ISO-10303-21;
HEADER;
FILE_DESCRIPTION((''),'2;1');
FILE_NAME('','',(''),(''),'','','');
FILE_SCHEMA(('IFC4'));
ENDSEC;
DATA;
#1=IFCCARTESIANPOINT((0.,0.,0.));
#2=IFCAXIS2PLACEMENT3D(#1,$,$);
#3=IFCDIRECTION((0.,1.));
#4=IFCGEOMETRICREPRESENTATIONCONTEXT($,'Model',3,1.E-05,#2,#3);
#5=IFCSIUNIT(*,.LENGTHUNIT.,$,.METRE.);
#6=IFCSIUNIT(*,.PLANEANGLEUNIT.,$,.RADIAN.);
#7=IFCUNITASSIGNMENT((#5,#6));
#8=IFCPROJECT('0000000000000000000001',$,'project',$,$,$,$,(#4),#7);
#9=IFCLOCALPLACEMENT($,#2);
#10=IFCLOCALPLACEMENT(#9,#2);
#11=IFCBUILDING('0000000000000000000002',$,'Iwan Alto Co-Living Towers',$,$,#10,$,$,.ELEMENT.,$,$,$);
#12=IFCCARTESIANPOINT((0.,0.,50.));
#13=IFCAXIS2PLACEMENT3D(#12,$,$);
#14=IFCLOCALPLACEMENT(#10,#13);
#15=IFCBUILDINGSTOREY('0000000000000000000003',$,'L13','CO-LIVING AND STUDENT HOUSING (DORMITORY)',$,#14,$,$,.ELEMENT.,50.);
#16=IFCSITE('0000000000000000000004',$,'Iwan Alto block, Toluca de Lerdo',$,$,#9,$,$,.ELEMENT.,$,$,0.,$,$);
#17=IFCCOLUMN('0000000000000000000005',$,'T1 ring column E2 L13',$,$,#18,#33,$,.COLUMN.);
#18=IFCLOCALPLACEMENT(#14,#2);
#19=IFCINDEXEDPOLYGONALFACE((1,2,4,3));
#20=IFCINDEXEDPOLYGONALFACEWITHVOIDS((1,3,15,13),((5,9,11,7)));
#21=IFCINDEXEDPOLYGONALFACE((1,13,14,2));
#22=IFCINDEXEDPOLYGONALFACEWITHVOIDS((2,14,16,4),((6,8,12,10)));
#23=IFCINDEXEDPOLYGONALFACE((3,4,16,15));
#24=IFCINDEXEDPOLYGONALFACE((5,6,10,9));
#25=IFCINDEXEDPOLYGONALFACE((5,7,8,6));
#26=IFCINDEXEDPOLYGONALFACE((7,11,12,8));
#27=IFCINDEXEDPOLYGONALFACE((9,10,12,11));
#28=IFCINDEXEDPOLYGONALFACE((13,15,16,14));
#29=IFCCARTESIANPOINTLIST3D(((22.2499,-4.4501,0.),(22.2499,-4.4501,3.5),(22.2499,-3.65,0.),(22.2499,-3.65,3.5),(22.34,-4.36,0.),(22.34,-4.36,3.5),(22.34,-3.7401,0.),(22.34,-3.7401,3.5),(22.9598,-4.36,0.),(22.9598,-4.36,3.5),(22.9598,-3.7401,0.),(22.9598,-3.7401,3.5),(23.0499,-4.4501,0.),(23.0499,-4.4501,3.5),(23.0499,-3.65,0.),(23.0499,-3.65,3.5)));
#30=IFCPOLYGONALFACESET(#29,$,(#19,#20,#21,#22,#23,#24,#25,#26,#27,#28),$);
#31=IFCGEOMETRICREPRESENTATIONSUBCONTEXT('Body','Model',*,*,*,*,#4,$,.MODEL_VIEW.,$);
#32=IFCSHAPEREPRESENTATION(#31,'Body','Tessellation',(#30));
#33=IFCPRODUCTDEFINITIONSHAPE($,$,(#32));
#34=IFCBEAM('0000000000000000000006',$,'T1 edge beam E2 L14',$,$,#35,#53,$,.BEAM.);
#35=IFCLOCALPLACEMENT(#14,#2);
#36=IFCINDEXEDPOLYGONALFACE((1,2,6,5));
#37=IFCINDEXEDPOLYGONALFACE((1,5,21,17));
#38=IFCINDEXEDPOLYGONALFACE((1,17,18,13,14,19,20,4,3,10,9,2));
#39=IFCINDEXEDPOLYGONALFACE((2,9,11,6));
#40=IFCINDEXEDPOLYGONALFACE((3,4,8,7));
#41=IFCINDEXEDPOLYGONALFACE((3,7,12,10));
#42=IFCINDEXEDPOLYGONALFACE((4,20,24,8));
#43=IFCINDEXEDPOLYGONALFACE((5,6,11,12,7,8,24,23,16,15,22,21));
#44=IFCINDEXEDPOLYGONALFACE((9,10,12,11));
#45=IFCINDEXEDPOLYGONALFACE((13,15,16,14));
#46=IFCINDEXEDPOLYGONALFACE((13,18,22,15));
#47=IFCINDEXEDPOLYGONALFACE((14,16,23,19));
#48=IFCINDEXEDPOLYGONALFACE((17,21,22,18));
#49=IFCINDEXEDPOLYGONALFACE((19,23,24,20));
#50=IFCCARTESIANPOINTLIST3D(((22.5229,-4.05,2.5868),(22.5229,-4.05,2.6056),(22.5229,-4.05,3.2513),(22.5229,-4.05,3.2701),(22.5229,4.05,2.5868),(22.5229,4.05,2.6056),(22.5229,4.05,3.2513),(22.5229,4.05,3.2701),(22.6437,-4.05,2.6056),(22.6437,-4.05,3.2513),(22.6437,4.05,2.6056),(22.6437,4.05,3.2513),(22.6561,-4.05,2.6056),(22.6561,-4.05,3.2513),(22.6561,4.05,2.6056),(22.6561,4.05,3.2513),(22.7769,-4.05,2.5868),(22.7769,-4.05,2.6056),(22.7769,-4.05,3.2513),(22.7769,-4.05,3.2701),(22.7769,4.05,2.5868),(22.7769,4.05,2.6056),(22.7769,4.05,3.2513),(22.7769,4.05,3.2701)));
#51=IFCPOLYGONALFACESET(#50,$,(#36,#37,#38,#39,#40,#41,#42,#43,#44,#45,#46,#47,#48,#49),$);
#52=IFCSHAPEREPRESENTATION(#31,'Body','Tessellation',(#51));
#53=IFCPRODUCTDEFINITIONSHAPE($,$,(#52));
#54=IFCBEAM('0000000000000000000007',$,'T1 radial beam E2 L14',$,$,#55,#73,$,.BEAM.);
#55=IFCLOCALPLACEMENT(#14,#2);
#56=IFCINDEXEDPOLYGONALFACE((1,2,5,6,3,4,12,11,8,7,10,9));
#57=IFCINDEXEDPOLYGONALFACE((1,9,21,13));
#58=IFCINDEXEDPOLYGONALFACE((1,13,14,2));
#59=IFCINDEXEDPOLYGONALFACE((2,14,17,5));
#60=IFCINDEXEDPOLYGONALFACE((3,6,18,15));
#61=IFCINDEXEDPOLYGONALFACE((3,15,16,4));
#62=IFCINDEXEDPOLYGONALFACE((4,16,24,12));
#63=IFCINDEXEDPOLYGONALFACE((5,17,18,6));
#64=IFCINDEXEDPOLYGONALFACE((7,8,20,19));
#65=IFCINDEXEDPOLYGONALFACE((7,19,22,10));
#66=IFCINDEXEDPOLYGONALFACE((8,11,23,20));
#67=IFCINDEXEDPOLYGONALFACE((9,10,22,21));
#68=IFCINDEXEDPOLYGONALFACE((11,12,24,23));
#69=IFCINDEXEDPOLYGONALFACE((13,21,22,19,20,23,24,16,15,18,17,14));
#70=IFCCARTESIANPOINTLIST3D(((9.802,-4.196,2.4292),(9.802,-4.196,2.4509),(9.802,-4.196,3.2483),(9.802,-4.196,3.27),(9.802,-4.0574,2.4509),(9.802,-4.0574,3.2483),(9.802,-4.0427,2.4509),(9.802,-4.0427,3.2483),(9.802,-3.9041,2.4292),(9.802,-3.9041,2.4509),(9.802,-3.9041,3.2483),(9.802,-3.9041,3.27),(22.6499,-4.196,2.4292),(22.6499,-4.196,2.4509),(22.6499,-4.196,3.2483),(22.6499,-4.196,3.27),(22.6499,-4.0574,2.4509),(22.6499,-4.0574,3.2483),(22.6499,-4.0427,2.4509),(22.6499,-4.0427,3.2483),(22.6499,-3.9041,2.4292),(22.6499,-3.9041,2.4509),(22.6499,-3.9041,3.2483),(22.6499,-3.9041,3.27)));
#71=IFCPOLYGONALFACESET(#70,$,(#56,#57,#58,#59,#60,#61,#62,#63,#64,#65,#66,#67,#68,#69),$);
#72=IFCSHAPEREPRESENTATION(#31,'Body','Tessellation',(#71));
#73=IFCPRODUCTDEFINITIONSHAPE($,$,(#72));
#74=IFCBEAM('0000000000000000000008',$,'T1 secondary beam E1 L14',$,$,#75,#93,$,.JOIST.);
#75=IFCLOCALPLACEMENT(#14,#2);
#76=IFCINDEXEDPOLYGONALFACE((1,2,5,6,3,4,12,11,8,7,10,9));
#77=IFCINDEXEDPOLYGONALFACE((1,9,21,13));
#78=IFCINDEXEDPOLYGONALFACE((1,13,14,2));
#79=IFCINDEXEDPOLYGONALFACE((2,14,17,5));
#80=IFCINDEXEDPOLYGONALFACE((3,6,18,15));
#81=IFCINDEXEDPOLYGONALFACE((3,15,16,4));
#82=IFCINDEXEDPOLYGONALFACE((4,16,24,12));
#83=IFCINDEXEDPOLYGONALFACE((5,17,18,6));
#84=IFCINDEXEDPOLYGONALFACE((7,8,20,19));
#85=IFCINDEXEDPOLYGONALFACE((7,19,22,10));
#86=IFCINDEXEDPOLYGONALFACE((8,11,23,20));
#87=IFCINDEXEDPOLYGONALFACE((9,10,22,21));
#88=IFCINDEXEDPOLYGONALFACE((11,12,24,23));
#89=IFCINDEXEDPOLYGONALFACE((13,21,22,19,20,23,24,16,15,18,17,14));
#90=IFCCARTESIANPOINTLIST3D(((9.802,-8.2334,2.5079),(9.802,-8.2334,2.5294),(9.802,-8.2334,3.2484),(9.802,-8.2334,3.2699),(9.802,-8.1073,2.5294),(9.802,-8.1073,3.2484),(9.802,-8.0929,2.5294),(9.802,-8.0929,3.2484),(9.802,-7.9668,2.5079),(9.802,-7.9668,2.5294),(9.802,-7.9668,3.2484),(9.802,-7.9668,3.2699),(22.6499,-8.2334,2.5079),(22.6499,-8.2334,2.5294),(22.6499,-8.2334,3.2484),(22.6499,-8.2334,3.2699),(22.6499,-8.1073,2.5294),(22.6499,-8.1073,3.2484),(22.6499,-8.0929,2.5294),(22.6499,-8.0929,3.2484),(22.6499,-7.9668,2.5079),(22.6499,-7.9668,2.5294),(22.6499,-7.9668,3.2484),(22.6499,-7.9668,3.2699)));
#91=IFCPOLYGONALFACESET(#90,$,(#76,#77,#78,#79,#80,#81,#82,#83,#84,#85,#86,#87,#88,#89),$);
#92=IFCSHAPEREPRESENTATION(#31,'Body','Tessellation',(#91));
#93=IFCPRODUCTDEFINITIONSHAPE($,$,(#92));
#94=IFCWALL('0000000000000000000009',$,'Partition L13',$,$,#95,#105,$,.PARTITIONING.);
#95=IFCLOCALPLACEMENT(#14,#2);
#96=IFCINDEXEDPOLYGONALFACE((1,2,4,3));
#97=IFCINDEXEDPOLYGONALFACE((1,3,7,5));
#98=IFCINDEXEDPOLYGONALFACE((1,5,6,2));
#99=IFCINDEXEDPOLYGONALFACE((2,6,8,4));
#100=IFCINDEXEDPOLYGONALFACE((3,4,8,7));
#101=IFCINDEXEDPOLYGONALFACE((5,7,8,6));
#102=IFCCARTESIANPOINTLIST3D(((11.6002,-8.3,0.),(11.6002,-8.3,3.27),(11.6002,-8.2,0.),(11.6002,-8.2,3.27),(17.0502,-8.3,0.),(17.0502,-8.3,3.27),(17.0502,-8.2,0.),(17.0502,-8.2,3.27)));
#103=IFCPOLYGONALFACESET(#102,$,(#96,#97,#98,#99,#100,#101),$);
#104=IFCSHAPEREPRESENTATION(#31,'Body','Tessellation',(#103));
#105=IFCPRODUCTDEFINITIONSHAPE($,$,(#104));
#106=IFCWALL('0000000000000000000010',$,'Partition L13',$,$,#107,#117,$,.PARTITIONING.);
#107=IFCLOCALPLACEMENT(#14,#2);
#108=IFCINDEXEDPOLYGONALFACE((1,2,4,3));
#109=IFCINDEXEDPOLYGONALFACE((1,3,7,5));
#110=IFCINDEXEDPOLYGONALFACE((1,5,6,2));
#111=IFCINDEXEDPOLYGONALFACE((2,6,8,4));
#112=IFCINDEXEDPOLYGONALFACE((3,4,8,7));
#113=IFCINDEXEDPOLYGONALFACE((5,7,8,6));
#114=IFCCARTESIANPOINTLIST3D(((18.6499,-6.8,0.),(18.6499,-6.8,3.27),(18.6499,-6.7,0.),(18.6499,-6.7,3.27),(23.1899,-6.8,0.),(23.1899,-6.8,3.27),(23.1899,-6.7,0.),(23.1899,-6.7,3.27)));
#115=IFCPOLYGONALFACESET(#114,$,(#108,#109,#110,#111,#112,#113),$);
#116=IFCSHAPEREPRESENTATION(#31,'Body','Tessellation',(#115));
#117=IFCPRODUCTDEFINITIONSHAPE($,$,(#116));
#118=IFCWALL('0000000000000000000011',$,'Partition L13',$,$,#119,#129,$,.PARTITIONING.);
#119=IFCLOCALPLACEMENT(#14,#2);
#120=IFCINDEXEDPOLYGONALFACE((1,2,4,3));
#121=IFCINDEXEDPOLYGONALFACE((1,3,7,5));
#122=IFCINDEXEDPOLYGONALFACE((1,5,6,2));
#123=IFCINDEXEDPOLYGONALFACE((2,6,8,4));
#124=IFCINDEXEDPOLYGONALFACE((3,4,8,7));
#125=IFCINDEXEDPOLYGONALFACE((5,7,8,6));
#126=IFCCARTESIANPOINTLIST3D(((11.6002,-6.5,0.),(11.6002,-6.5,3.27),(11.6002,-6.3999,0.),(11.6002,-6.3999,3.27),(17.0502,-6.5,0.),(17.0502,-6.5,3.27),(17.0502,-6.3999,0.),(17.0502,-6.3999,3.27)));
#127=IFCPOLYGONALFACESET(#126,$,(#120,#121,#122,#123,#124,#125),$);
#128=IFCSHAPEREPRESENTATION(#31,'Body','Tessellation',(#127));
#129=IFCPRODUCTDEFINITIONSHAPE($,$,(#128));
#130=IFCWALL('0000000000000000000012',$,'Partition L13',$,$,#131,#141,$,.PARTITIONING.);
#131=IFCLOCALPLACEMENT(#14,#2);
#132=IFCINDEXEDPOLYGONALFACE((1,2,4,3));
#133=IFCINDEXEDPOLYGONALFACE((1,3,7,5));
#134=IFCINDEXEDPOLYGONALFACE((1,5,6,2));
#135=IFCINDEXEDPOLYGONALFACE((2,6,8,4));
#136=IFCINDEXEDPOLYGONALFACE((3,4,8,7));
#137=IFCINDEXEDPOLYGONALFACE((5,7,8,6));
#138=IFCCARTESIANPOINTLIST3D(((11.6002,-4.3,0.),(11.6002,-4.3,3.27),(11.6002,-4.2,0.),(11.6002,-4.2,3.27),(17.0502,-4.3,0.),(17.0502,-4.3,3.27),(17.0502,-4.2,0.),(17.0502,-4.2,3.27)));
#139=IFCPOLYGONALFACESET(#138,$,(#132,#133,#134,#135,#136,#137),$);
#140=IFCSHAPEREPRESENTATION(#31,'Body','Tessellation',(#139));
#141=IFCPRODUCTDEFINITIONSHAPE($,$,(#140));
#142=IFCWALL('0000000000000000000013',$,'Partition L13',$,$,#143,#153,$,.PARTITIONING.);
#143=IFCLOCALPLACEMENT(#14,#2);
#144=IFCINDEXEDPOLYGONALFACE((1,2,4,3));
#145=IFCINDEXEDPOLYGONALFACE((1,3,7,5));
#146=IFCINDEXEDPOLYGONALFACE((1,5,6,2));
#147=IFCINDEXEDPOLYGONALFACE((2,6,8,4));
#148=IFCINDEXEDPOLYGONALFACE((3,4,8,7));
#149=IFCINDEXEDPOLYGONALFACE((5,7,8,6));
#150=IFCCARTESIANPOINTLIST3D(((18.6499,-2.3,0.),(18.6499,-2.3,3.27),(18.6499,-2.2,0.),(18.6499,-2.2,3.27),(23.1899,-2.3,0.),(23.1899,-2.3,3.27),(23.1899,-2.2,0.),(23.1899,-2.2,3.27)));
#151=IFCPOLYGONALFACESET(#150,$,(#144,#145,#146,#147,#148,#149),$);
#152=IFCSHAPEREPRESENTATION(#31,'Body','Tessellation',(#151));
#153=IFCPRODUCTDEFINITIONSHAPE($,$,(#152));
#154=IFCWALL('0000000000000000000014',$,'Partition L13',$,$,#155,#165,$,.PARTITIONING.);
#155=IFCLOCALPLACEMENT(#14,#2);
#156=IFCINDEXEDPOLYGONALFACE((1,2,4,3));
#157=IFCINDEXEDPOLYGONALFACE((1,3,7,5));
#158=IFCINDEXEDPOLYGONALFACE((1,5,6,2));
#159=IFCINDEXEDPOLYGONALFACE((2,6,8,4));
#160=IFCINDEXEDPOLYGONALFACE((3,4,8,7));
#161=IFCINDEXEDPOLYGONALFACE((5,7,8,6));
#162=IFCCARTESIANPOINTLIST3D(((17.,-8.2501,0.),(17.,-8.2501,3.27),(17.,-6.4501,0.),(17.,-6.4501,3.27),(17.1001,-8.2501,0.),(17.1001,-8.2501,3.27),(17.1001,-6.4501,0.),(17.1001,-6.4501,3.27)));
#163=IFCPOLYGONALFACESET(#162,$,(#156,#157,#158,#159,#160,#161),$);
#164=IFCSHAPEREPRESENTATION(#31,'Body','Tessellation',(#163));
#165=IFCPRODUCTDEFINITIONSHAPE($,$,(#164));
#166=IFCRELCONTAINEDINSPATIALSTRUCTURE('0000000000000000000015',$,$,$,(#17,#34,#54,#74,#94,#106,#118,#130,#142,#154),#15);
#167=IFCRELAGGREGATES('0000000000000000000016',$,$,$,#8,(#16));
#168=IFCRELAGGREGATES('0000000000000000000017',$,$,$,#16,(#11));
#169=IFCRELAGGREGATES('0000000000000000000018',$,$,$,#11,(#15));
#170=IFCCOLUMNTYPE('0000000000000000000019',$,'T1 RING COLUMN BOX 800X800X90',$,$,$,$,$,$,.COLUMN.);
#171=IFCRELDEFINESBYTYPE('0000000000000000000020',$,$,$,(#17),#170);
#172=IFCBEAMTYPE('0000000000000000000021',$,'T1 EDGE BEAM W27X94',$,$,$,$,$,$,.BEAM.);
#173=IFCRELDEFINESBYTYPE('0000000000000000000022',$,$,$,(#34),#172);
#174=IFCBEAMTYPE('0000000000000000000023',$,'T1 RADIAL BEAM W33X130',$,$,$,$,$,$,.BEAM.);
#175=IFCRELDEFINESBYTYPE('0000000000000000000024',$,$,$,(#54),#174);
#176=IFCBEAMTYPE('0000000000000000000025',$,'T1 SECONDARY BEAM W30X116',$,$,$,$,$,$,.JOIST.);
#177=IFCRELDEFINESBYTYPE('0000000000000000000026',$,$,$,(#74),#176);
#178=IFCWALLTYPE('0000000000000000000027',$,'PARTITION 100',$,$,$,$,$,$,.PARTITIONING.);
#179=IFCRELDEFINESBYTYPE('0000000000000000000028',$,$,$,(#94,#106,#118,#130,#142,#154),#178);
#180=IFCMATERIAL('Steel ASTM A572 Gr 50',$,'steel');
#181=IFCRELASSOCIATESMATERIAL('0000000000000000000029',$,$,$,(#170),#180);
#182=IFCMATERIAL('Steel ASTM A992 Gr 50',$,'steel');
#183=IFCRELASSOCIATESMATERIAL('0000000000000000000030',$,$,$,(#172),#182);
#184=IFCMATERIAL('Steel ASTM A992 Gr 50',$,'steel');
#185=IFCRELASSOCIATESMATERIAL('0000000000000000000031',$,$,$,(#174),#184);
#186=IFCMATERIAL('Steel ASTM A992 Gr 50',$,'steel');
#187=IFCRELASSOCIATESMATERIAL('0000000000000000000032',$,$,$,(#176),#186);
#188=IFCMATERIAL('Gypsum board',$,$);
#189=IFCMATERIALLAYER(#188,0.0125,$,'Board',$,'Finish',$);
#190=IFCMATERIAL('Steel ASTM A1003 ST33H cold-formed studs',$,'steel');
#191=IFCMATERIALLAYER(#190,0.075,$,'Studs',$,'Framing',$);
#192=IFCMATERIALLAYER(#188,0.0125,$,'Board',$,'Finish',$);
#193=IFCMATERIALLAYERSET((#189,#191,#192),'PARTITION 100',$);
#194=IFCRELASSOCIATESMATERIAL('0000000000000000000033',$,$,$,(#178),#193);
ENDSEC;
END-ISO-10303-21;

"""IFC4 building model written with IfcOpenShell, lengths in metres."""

from ifc_helpers import new_model, si_unit, direction, frame, frame_2d, origin, origin_2d, place, context, subcontext, project, spatial, rectangle, hollow_rectangle, i_section, extrude, material, layer, layer_set, material_profile, profile_set, type_object, element, save


model = new_model("IFC4")

# Units and contexts
model_context = context("Model", 3, precision=1e-05, world=origin(), true_north=direction((0.0, 1.0)))
body_context = subcontext(model_context, "Body", "Model", "MODEL_VIEW")
ifc_project = project(units=[si_unit("LENGTHUNIT", "METRE"), si_unit("PLANEANGLEUNIT", "RADIAN")], contexts=[model_context])

# Site, building, storey
site_placement = place(None, origin())
site = spatial("IfcSite", under=ifc_project, at=site_placement, Name="Iwan Alto block, Toluca de Lerdo", CompositionType="ELEMENT", RefElevation=0.0)
building_placement = place(site_placement, origin())
building = spatial("IfcBuilding", under=site, at=building_placement, Name="Iwan Alto Co-Living Towers", CompositionType="ELEMENT")
storey_placement = place(building_placement, frame((0.0, 0.0, 50.0)))
storey = spatial("IfcBuildingStorey", under=building, at=storey_placement, Name="L13", Description="CO-LIVING AND STUDENT HOUSING (DORMITORY)", CompositionType="ELEMENT", Elevation=50.0)

# Column
ifc_material_1 = material(Name="Steel ASTM A572 Gr 50", Category="steel")
ifc_material_profile_1 = material_profile(ifc_material_1, hollow_rectangle(XDim=0.8, YDim=0.8, WallThickness=0.0901, at=origin_2d()), Name="BOX 800X800X90")
ifc_profile_set_1 = profile_set([ifc_material_profile_1], Name="Steel ASTM A572 Gr 50")
column_type = type_object("IfcColumnType", Name="T1 RING COLUMN BOX 800X800X90", PredefinedType="COLUMN", material=ifc_profile_set_1)
column_placement = place(storey_placement, frame((22.6499, -4.05, 0.0), z_axis=(0.0, 0.0, 1.0), x_axis=(1.0, 0.0, 0.0)))
element("IfcColumn", 1, at=column_placement, inside=storey, type_object=column_type, Name="T1 ring column E2 L13", PredefinedType="COLUMN", context=body_context, shape_type="SweptSolid", body=[
    extrude(hollow_rectangle(XDim=0.8, YDim=0.8, WallThickness=0.0901, at=origin_2d()), origin(), (0.0, 0.0, 1.0), 3.5),
])

# Beams
ifc_material_2 = material(Name="Steel ASTM A992 Gr 50", Category="steel")
ifc_material_profile_2 = material_profile(ifc_material_2, i_section(OverallWidth=0.2539, OverallDepth=0.6833, WebThickness=0.0125, FlangeThickness=0.0188, at=origin_2d()), Name="W27X94")
ifc_profile_set_2 = profile_set([ifc_material_profile_2], Name="Steel ASTM A992 Gr 50")
beam_type_1 = type_object("IfcBeamType", Name="T1 EDGE BEAM W27X94", PredefinedType="BEAM", material=ifc_profile_set_2)
beam_1_placement = place(storey_placement, frame((22.6499, -4.05, 2.9285), z_axis=(0.0, 1.0, 0.0), x_axis=(-1.0, 0.0, 0.0)))
element("IfcBeam", 2, at=beam_1_placement, inside=storey, type_object=beam_type_1, Name="T1 edge beam E2 L14", PredefinedType="BEAM", context=body_context, shape_type="SweptSolid", body=[
    extrude(i_section(OverallWidth=0.2539, OverallDepth=0.6833, WebThickness=0.0125, FlangeThickness=0.0188, at=origin_2d()), origin(), (0.0, 0.0, 1.0), 8.1001),
])
ifc_material_3 = material(Name="Steel ASTM A992 Gr 50", Category="steel")
ifc_material_profile_3 = material_profile(ifc_material_3, i_section(OverallWidth=0.292, OverallDepth=0.8408, WebThickness=0.0146, FlangeThickness=0.0217, at=origin_2d()), Name="W33X130")
ifc_profile_set_3 = profile_set([ifc_material_profile_3], Name="Steel ASTM A992 Gr 50")
beam_type_2 = type_object("IfcBeamType", Name="T1 RADIAL BEAM W33X130", PredefinedType="BEAM", material=ifc_profile_set_3)
beam_2_placement = place(storey_placement, frame((22.6499, -4.05, 2.8496), z_axis=(-1.0, 0.0, 0.0), x_axis=(0.0, -1.0, 0.0)))
element("IfcBeam", 3, at=beam_2_placement, inside=storey, type_object=beam_type_2, Name="T1 radial beam E2 L14", PredefinedType="BEAM", context=body_context, shape_type="SweptSolid", body=[
    extrude(i_section(OverallWidth=0.292, OverallDepth=0.8408, WebThickness=0.0146, FlangeThickness=0.0217, at=origin_2d()), origin(), (0.0, 0.0, 1.0), 12.8479),
])
ifc_material_4 = material(Name="Steel ASTM A992 Gr 50", Category="steel")
ifc_material_profile_4 = material_profile(ifc_material_4, i_section(OverallWidth=0.2666, OverallDepth=0.762, WebThickness=0.0144, FlangeThickness=0.0215, at=origin_2d()), Name="W30X116")
ifc_profile_set_4 = profile_set([ifc_material_profile_4], Name="Steel ASTM A992 Gr 50")
beam_type_3 = type_object("IfcBeamType", Name="T1 SECONDARY BEAM W30X116", PredefinedType="JOIST", material=ifc_profile_set_4)
beam_3_placement = place(storey_placement, frame((22.6499, -8.1001, 2.8889), z_axis=(-1.0, 0.0, 0.0), x_axis=(0.0, -1.0, 0.0)))
element("IfcBeam", 4, at=beam_3_placement, inside=storey, type_object=beam_type_3, Name="T1 secondary beam E1 L14", PredefinedType="JOIST", context=body_context, shape_type="SweptSolid", body=[
    extrude(i_section(OverallWidth=0.2666, OverallDepth=0.762, WebThickness=0.0144, FlangeThickness=0.0215, at=origin_2d()), origin(), (0.0, 0.0, 1.0), 12.8479),
])

# Walls
ifc_material_5 = material(Name="Gypsum board")
ifc_layer_1 = layer(ifc_material_5, 0.0125, Name="Board", Category="Finish")
ifc_material_6 = material(Name="Steel ASTM A1003 ST33H cold-formed studs", Category="steel")
ifc_layer_2 = layer(ifc_material_6, 0.075, Name="Studs", Category="Framing")
ifc_layer_3 = layer(ifc_material_5, 0.0125, Name="Board", Category="Finish")
ifc_layer_set = layer_set([ifc_layer_1, ifc_layer_2, ifc_layer_3], Name="PARTITION 100")
wall_type = type_object("IfcWallType", Name="PARTITION 100", PredefinedType="PARTITIONING", material=ifc_layer_set)
wall_1_placement = place(storey_placement, frame((11.6001, -8.25, 0.0), z_axis=(0.0, 0.0, 1.0), x_axis=(1.0, 0.0, 0.0)))
element("IfcWall", 5, at=wall_1_placement, inside=storey, type_object=wall_type, Name="Partition L13", PredefinedType="PARTITIONING", context=body_context, shape_type="SweptSolid", body=[
    extrude(rectangle(XDim=5.45, YDim=0.1001, at=frame_2d((2.7251, 0.0))), origin(), (0.0, 0.0, 1.0), 3.27),
])
wall_2_placement = place(storey_placement, frame((18.6499, -6.75, 0.0), z_axis=(0.0, 0.0, 1.0), x_axis=(1.0, 0.0, 0.0)))
element("IfcWall", 6, at=wall_2_placement, inside=storey, type_object=wall_type, Name="Partition L13", PredefinedType="PARTITIONING", context=body_context, shape_type="SweptSolid", body=[
    extrude(rectangle(XDim=4.54, YDim=0.1001, at=frame_2d((2.27, 0.0))), origin(), (0.0, 0.0, 1.0), 3.27),
])
for number, where, z_axis, x_axis, name in (
    (7, (11.6001, -6.45, 0.0), (0.0, 0.0, 1.0), (1.0, 0.0, 0.0), "Partition L13"),
    (8, (11.6001, -4.25, 0.0), (0.0, 0.0, 1.0), (1.0, 0.0, 0.0), "Partition L13"),
):
    element("IfcWall", number, at=place(storey_placement, frame(where, z_axis=z_axis, x_axis=x_axis)), inside=storey, type_object=wall_type, Name=name, PredefinedType="PARTITIONING", context=body_context, shape_type="SweptSolid", body=[
        extrude(rectangle(XDim=5.45, YDim=0.1001, at=frame_2d((2.7251, 0.0))), origin(), (0.0, 0.0, 1.0), 3.27),
    ])
wall_3_placement = place(storey_placement, frame((18.6499, -2.25, 0.0), z_axis=(0.0, 0.0, 1.0), x_axis=(1.0, 0.0, 0.0)))
element("IfcWall", 9, at=wall_3_placement, inside=storey, type_object=wall_type, Name="Partition L13", PredefinedType="PARTITIONING", context=body_context, shape_type="SweptSolid", body=[
    extrude(rectangle(XDim=4.54, YDim=0.1001, at=frame_2d((2.27, 0.0))), origin(), (0.0, 0.0, 1.0), 3.27),
])
wall_4_placement = place(storey_placement, frame((17.05, -8.25, 0.0), z_axis=(0.0, 0.0, 1.0), x_axis=(0.0, 1.0, 0.0)))
element("IfcWall", 10, at=wall_4_placement, inside=storey, type_object=wall_type, Name="Partition L13", PredefinedType="PARTITIONING", context=body_context, shape_type="SweptSolid", body=[
    extrude(rectangle(XDim=1.8, YDim=0.1001, at=frame_2d((0.8999, 0.0))), origin(), (0.0, 0.0, 1.0), 3.27),
])

save(model, "model.ifc")
